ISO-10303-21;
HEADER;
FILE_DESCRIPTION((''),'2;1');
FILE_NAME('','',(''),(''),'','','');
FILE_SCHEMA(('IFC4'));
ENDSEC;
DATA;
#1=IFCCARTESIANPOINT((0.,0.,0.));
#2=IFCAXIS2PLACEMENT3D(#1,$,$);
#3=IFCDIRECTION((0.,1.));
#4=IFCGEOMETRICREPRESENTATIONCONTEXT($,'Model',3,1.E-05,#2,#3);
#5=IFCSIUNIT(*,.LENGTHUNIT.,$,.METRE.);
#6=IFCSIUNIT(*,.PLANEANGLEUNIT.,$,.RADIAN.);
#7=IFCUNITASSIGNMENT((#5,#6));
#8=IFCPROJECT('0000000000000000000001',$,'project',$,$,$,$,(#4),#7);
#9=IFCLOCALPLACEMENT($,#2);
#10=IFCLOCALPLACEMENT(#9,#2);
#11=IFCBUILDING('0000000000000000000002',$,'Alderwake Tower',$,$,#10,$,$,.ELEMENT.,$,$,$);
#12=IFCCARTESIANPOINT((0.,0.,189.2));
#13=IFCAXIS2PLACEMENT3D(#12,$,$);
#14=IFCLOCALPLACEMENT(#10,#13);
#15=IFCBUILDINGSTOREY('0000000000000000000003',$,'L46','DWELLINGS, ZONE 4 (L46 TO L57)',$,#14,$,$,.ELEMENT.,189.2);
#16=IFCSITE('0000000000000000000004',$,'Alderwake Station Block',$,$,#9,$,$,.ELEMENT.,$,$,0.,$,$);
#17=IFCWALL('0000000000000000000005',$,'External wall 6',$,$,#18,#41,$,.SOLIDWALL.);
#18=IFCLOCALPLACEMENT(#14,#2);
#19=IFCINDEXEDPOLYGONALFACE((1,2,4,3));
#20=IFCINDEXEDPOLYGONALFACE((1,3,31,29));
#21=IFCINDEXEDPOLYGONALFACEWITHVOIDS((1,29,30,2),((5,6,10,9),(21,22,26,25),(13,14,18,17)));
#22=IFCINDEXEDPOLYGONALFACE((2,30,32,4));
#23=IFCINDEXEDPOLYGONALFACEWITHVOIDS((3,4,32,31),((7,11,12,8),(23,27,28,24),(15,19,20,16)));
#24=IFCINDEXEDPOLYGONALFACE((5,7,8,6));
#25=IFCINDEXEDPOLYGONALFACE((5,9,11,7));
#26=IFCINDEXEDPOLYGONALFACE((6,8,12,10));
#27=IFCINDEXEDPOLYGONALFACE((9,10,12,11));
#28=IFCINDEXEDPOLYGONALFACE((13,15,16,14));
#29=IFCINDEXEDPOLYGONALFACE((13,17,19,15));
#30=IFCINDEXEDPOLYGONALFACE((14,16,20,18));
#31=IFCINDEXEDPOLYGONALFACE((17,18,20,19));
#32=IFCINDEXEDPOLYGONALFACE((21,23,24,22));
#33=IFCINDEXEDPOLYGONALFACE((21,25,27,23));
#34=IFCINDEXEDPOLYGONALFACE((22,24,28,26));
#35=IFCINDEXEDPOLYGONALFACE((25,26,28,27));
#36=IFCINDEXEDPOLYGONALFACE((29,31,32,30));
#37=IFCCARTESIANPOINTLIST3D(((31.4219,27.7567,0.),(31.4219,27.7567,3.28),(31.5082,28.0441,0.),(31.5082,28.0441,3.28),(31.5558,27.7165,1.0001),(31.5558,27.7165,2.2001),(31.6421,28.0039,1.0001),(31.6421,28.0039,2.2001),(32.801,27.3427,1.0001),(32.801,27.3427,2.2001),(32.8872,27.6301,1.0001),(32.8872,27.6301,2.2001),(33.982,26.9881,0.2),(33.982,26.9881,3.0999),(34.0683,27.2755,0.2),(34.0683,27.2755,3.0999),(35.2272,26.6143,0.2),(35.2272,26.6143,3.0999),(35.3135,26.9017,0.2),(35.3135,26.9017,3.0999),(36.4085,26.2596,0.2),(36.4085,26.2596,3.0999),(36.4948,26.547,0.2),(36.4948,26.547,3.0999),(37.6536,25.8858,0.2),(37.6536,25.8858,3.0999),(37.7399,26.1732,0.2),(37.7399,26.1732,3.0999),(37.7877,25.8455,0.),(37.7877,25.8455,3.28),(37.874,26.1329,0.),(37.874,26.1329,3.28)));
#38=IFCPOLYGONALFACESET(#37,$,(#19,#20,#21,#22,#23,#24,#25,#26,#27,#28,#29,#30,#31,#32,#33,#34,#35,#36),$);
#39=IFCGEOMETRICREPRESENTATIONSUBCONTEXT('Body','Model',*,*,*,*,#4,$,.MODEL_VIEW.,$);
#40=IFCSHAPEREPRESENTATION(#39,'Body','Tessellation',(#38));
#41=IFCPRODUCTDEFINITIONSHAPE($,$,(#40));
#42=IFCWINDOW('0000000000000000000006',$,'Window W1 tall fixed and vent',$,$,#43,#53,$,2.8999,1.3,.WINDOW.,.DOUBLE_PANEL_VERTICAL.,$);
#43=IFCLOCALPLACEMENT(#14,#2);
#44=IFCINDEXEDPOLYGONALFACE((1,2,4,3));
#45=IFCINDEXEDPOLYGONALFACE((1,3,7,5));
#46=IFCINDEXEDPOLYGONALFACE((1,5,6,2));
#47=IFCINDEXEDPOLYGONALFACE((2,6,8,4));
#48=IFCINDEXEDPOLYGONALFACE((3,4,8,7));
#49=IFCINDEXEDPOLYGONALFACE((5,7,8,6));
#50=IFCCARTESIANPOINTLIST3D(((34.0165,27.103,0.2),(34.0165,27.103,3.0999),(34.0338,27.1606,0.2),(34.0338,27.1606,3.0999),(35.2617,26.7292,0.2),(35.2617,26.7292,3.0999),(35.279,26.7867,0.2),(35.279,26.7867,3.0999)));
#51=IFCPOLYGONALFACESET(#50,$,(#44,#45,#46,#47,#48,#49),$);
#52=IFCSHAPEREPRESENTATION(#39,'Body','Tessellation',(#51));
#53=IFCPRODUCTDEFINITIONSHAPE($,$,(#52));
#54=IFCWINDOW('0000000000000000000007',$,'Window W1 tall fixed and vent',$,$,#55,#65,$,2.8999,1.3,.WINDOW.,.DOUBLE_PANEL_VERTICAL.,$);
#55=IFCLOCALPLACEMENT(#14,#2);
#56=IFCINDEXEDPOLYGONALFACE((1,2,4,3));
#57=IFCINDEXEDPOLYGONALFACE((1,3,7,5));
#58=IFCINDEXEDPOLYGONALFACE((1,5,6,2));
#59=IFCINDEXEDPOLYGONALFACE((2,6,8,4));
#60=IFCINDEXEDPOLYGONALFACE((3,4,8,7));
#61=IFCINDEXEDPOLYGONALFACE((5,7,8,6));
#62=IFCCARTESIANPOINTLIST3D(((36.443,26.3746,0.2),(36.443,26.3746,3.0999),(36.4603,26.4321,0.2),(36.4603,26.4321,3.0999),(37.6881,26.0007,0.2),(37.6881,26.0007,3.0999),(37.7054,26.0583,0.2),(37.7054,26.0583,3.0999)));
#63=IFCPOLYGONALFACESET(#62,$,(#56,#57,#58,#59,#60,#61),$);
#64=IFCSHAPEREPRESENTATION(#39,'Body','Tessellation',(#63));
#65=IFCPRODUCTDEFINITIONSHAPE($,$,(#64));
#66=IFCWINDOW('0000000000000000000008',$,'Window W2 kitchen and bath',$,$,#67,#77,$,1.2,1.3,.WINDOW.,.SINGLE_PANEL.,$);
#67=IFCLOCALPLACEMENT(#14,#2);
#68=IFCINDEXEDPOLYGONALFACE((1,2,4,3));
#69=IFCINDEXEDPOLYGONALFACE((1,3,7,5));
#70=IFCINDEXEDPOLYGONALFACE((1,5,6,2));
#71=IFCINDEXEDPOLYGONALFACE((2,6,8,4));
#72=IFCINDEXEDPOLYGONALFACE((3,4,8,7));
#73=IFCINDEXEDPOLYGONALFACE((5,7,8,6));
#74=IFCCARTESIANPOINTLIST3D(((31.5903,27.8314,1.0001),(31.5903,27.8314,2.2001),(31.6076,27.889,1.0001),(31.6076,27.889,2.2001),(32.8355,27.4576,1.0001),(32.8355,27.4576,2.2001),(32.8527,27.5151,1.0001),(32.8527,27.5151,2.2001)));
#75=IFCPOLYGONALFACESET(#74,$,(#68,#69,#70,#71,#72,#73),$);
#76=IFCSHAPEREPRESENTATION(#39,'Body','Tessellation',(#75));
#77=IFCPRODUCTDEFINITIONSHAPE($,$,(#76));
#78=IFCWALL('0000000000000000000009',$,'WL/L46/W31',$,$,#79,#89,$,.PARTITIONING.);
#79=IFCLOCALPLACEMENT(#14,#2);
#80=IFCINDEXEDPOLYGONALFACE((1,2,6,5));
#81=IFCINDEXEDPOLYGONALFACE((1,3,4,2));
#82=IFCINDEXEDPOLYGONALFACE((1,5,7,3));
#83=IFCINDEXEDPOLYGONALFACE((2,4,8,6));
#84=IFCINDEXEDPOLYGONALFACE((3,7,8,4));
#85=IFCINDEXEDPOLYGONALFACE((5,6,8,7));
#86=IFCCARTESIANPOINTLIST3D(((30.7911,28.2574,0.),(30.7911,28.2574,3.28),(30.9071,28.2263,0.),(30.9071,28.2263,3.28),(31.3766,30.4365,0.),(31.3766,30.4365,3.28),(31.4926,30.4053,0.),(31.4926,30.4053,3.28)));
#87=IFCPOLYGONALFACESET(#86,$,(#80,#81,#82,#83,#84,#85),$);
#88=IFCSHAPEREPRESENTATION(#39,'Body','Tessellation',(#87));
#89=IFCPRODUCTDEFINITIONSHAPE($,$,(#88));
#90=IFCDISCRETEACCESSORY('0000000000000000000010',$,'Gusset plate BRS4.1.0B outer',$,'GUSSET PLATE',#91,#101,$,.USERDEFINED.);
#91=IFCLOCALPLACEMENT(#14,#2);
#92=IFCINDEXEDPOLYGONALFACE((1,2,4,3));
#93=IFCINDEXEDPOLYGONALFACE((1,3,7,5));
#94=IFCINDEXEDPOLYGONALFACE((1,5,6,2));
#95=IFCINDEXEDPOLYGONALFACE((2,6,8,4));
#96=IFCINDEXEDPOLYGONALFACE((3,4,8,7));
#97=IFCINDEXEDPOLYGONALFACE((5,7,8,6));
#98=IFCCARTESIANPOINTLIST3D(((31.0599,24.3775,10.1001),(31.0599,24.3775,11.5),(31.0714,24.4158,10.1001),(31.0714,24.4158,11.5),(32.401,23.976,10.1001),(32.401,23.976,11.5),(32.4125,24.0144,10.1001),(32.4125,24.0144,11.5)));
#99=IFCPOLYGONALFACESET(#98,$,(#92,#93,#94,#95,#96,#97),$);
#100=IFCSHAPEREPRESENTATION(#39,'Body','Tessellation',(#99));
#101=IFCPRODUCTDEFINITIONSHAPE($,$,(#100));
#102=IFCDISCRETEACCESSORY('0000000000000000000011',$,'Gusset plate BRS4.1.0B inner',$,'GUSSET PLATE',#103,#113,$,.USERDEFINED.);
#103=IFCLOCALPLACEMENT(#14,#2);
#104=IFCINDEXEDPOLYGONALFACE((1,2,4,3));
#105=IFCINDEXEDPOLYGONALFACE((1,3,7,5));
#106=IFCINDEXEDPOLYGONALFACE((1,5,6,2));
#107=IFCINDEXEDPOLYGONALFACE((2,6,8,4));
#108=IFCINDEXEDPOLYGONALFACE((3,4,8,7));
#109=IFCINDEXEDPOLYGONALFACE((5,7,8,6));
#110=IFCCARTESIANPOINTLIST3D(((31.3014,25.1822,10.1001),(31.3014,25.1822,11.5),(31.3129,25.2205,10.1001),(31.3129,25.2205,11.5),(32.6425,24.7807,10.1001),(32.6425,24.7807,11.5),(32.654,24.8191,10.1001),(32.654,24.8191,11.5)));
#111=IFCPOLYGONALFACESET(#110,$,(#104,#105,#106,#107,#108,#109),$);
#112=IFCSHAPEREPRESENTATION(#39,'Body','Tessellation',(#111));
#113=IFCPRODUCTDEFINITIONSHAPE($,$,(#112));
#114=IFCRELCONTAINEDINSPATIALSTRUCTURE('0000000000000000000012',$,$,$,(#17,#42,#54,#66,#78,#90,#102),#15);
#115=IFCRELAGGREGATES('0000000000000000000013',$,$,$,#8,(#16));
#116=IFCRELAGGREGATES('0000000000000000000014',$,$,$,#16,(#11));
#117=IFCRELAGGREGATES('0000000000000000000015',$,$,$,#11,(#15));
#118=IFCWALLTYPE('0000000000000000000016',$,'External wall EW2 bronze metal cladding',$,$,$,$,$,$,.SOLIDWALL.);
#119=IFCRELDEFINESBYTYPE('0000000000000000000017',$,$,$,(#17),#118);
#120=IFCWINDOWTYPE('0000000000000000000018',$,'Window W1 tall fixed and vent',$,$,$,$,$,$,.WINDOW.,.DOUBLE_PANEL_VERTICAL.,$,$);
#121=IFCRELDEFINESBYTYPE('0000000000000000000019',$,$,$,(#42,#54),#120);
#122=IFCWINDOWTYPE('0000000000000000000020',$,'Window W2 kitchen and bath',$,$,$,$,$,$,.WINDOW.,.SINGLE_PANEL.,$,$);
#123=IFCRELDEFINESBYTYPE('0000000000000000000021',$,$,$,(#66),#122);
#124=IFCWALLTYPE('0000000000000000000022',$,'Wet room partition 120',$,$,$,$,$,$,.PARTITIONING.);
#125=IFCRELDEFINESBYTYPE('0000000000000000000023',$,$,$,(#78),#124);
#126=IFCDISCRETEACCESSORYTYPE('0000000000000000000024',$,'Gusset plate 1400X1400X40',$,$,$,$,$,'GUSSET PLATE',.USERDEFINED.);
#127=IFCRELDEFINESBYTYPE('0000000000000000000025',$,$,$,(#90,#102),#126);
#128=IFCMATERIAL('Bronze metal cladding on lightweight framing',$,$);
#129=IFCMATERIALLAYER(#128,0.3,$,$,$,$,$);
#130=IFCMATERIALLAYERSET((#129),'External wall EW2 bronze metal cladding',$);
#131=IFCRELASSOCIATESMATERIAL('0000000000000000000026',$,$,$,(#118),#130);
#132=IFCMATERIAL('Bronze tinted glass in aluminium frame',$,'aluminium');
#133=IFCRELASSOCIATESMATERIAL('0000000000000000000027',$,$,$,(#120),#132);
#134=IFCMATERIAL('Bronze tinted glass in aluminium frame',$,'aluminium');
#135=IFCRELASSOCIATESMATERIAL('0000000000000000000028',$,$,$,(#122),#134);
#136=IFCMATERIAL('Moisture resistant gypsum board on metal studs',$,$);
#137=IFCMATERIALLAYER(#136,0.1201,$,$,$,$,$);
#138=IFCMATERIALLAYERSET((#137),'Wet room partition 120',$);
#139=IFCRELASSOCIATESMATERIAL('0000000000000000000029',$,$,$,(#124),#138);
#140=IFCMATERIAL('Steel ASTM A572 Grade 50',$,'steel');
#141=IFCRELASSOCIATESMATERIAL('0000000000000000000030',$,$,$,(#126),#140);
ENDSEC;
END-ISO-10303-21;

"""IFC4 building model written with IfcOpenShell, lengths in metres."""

from ifc_helpers import new_model, si_unit, direction, frame, frame_2d, origin, origin_2d, place, context, subcontext, project, spatial, rectangle, extrude, material, layer, layer_set, material_profile, profile_set, type_object, element, fill, save


model = new_model("IFC4")

# Units and contexts
model_context = context("Model", 3, precision=1e-05, world=origin(), true_north=direction((0.0, 1.0)))
body_context = subcontext(model_context, "Body", "Model", "MODEL_VIEW")
ifc_project = project(units=[si_unit("LENGTHUNIT", "METRE"), si_unit("PLANEANGLEUNIT", "RADIAN")], contexts=[model_context])

# Site, building, storey
site_placement = place(None, origin())
site = spatial("IfcSite", under=ifc_project, at=site_placement, Name="Alderwake Station Block", CompositionType="ELEMENT", RefElevation=0.0)
building_placement = place(site_placement, origin())
building = spatial("IfcBuilding", under=site, at=building_placement, Name="Alderwake Tower", CompositionType="ELEMENT")
storey_placement = place(building_placement, frame((0.0, 0.0, 189.2)))
storey = spatial("IfcBuildingStorey", under=building, at=storey_placement, Name="L46", Description="DWELLINGS, ZONE 4 (L46 TO L57)", CompositionType="ELEMENT", Elevation=189.2)

# Wall, openings, windows
ifc_material_1 = material(Name="Bronze metal cladding on lightweight framing")
ifc_layer_1 = layer(ifc_material_1, 0.3)
ifc_layer_set_1 = layer_set([ifc_layer_1], Name="External wall EW2 bronze metal cladding")
wall_type_1 = type_object("IfcWallType", Name="External wall EW2 bronze metal cladding", PredefinedType="SOLIDWALL", material=ifc_layer_set_1)
ifc_material_2 = material(Name="Bronze tinted glass in aluminium frame", Category="aluminium")
window_type_1 = type_object("IfcWindowType", Name="Window W1 tall fixed and vent", PartitioningType="DOUBLE_PANEL_VERTICAL", PredefinedType="WINDOW", material=ifc_material_2)
wall_1_placement = place(storey_placement, frame((31.4651, 27.9004, 0.0), z_axis=(0.0, 0.0, 1.0), x_axis=(0.957768, -0.287543, 0.0)))
wall_1 = element("IfcWall", 1, at=wall_1_placement, inside=storey, type_object=wall_type_1, Name="External wall 6", PredefinedType="SOLIDWALL", context=body_context, shape_type="SweptSolid", body=[
    extrude(rectangle(XDim=6.6465, YDim=0.3, at=frame_2d((3.3232, 0.0))), origin(), (0.0, 0.0, 1.0), 3.28),
])
opening_1_placement = place(wall_1_placement, frame((0.1399, 0.0, 1.0)))
opening_1 = element("IfcOpeningElement", 2, at=opening_1_placement, cuts=wall_1, PredefinedType="OPENING", context=body_context, shape_type="SweptSolid", body=[
    extrude(rectangle(XDim=1.3, YDim=1.2, at=frame_2d((0.6499, 0.6001))), frame((0.0, 0.1599, 0.0), z_axis=(0.0, -1.0, 0.0), x_axis=(1.0, 0.0, 0.0)), (0.0, 0.0, 1.0), 0.3201),
])
opening_2_placement = place(wall_1_placement, frame((2.6731, 0.0, 0.2)))
opening_2 = element("IfcOpeningElement", 3, at=opening_2_placement, cuts=wall_1, PredefinedType="OPENING", context=body_context, shape_type="SweptSolid", body=[
    extrude(rectangle(XDim=1.3, YDim=2.8999, at=frame_2d((0.6499, 1.45))), frame((0.0, 0.1599, 0.0), z_axis=(0.0, -1.0, 0.0), x_axis=(1.0, 0.0, 0.0)), (0.0, 0.0, 1.0), 0.3201),
])
opening_3_placement = place(wall_1_placement, frame((5.2065, 0.0, 0.2)))
opening_3 = element("IfcOpeningElement", 4, at=opening_3_placement, cuts=wall_1, PredefinedType="OPENING", context=body_context, shape_type="SweptSolid", body=[
    extrude(rectangle(XDim=1.3, YDim=2.8999, at=frame_2d((0.6499, 1.45))), frame((0.0, 0.1599, 0.0), z_axis=(0.0, -1.0, 0.0), x_axis=(1.0, 0.0, 0.0)), (0.0, 0.0, 1.0), 0.3201),
])
window_1_placement = place(opening_2_placement, origin())
window_1 = element("IfcWindow", 5, at=window_1_placement, inside=storey, type_object=window_type_1, Name="Window W1 tall fixed and vent", OverallHeight=2.8999, OverallWidth=1.3, PartitioningType="DOUBLE_PANEL_VERTICAL", PredefinedType="WINDOW", context=body_context, shape_type="SweptSolid", body=[
    extrude(rectangle(XDim=1.3, YDim=2.8999, at=frame_2d((0.6499, 1.45))), frame((0.0, 0.03, 0.0), z_axis=(0.0, -1.0, 0.0), x_axis=(1.0, 0.0, 0.0)), (0.0, 0.0, 1.0), 0.0601),
])
fill(opening_2, window_1)
window_2_placement = place(opening_3_placement, origin())
window_2 = element("IfcWindow", 6, at=window_2_placement, inside=storey, type_object=window_type_1, Name="Window W1 tall fixed and vent", OverallHeight=2.8999, OverallWidth=1.3, PartitioningType="DOUBLE_PANEL_VERTICAL", PredefinedType="WINDOW", context=body_context, shape_type="SweptSolid", body=[
    extrude(rectangle(XDim=1.3, YDim=2.8999, at=frame_2d((0.6499, 1.45))), frame((0.0, 0.03, 0.0), z_axis=(0.0, -1.0, 0.0), x_axis=(1.0, 0.0, 0.0)), (0.0, 0.0, 1.0), 0.0601),
])
fill(opening_3, window_2)
ifc_material_3 = material(Name="Bronze tinted glass in aluminium frame", Category="aluminium")
window_type_2 = type_object("IfcWindowType", Name="Window W2 kitchen and bath", PartitioningType="SINGLE_PANEL", PredefinedType="WINDOW", material=ifc_material_3)
window_3_placement = place(opening_1_placement, origin())
window_3 = element("IfcWindow", 7, at=window_3_placement, inside=storey, type_object=window_type_2, Name="Window W2 kitchen and bath", OverallHeight=1.2, OverallWidth=1.3, PartitioningType="SINGLE_PANEL", PredefinedType="WINDOW", context=body_context, shape_type="SweptSolid", body=[
    extrude(rectangle(XDim=1.3, YDim=1.2, at=frame_2d((0.6499, 0.6001))), frame((0.0, 0.03, 0.0), z_axis=(0.0, -1.0, 0.0), x_axis=(1.0, 0.0, 0.0)), (0.0, 0.0, 1.0), 0.0601),
])
fill(opening_1, window_3)

# Wall
ifc_material_4 = material(Name="Moisture resistant gypsum board on metal studs")
ifc_layer_2 = layer(ifc_material_4, 0.1201)
ifc_layer_set_2 = layer_set([ifc_layer_2], Name="Wet room partition 120")
wall_type_2 = type_object("IfcWallType", Name="Wet room partition 120", PredefinedType="PARTITIONING", material=ifc_layer_set_2)
wall_2_placement = place(storey_placement, frame((31.4346, 30.4209, 0.0), z_axis=(0.0, 0.0, 1.0), x_axis=(-0.259481, -0.965748, 0.0)))
element("IfcWall", 8, at=wall_2_placement, inside=storey, type_object=wall_type_2, Name="WL/L46/W31", PredefinedType="PARTITIONING", context=body_context, shape_type="SweptSolid", body=[
    extrude(rectangle(XDim=2.2563, YDim=0.1201, at=frame_2d((1.1282, 0.0))), origin(), (0.0, 0.0, 1.0), 3.28),
])

# Discrete accessories
ifc_material_5 = material(Name="Steel ASTM A572 Grade 50", Category="steel")
ifc_material_profile_1 = material_profile(ifc_material_5, rectangle(XDim=1.3999, YDim=1.3999, at=origin_2d()), Name="gusset 1400X1400")
ifc_profile_set_1 = profile_set([ifc_material_profile_1], Name="Steel ASTM A572 Grade 50")
discrete_accessory_type = type_object("IfcDiscreteAccessoryType", Name="Gusset plate 1400X1400X40", ElementType="GUSSET PLATE", PredefinedType="USERDEFINED", material=ifc_profile_set_1)
for number, where, z_axis, x_axis, name in (
    (9, (31.7419, 24.2151, 10.8), (-0.286788, -0.957994, 0.0), (0.957994, -0.286788, 0.0), "Gusset plate BRS4.1.0B outer"),
    (10, (31.9719, 24.9814, 10.8), (0.286788, 0.957994, 0.0), (-0.957994, 0.286788, 0.0), "Gusset plate BRS4.1.0B inner"),
):
    element("IfcDiscreteAccessory", number, at=place(storey_placement, frame(where, z_axis=z_axis, x_axis=x_axis)), inside=storey, type_object=discrete_accessory_type, Name=name, ObjectType="GUSSET PLATE", PredefinedType="USERDEFINED", context=body_context, shape_type="SweptSolid", body=[
        extrude(rectangle(XDim=1.3999, YDim=1.3999, at=origin_2d()), origin(), (0.0, 0.0, 1.0), 0.04),
    ])

save(model, "model.ifc")
